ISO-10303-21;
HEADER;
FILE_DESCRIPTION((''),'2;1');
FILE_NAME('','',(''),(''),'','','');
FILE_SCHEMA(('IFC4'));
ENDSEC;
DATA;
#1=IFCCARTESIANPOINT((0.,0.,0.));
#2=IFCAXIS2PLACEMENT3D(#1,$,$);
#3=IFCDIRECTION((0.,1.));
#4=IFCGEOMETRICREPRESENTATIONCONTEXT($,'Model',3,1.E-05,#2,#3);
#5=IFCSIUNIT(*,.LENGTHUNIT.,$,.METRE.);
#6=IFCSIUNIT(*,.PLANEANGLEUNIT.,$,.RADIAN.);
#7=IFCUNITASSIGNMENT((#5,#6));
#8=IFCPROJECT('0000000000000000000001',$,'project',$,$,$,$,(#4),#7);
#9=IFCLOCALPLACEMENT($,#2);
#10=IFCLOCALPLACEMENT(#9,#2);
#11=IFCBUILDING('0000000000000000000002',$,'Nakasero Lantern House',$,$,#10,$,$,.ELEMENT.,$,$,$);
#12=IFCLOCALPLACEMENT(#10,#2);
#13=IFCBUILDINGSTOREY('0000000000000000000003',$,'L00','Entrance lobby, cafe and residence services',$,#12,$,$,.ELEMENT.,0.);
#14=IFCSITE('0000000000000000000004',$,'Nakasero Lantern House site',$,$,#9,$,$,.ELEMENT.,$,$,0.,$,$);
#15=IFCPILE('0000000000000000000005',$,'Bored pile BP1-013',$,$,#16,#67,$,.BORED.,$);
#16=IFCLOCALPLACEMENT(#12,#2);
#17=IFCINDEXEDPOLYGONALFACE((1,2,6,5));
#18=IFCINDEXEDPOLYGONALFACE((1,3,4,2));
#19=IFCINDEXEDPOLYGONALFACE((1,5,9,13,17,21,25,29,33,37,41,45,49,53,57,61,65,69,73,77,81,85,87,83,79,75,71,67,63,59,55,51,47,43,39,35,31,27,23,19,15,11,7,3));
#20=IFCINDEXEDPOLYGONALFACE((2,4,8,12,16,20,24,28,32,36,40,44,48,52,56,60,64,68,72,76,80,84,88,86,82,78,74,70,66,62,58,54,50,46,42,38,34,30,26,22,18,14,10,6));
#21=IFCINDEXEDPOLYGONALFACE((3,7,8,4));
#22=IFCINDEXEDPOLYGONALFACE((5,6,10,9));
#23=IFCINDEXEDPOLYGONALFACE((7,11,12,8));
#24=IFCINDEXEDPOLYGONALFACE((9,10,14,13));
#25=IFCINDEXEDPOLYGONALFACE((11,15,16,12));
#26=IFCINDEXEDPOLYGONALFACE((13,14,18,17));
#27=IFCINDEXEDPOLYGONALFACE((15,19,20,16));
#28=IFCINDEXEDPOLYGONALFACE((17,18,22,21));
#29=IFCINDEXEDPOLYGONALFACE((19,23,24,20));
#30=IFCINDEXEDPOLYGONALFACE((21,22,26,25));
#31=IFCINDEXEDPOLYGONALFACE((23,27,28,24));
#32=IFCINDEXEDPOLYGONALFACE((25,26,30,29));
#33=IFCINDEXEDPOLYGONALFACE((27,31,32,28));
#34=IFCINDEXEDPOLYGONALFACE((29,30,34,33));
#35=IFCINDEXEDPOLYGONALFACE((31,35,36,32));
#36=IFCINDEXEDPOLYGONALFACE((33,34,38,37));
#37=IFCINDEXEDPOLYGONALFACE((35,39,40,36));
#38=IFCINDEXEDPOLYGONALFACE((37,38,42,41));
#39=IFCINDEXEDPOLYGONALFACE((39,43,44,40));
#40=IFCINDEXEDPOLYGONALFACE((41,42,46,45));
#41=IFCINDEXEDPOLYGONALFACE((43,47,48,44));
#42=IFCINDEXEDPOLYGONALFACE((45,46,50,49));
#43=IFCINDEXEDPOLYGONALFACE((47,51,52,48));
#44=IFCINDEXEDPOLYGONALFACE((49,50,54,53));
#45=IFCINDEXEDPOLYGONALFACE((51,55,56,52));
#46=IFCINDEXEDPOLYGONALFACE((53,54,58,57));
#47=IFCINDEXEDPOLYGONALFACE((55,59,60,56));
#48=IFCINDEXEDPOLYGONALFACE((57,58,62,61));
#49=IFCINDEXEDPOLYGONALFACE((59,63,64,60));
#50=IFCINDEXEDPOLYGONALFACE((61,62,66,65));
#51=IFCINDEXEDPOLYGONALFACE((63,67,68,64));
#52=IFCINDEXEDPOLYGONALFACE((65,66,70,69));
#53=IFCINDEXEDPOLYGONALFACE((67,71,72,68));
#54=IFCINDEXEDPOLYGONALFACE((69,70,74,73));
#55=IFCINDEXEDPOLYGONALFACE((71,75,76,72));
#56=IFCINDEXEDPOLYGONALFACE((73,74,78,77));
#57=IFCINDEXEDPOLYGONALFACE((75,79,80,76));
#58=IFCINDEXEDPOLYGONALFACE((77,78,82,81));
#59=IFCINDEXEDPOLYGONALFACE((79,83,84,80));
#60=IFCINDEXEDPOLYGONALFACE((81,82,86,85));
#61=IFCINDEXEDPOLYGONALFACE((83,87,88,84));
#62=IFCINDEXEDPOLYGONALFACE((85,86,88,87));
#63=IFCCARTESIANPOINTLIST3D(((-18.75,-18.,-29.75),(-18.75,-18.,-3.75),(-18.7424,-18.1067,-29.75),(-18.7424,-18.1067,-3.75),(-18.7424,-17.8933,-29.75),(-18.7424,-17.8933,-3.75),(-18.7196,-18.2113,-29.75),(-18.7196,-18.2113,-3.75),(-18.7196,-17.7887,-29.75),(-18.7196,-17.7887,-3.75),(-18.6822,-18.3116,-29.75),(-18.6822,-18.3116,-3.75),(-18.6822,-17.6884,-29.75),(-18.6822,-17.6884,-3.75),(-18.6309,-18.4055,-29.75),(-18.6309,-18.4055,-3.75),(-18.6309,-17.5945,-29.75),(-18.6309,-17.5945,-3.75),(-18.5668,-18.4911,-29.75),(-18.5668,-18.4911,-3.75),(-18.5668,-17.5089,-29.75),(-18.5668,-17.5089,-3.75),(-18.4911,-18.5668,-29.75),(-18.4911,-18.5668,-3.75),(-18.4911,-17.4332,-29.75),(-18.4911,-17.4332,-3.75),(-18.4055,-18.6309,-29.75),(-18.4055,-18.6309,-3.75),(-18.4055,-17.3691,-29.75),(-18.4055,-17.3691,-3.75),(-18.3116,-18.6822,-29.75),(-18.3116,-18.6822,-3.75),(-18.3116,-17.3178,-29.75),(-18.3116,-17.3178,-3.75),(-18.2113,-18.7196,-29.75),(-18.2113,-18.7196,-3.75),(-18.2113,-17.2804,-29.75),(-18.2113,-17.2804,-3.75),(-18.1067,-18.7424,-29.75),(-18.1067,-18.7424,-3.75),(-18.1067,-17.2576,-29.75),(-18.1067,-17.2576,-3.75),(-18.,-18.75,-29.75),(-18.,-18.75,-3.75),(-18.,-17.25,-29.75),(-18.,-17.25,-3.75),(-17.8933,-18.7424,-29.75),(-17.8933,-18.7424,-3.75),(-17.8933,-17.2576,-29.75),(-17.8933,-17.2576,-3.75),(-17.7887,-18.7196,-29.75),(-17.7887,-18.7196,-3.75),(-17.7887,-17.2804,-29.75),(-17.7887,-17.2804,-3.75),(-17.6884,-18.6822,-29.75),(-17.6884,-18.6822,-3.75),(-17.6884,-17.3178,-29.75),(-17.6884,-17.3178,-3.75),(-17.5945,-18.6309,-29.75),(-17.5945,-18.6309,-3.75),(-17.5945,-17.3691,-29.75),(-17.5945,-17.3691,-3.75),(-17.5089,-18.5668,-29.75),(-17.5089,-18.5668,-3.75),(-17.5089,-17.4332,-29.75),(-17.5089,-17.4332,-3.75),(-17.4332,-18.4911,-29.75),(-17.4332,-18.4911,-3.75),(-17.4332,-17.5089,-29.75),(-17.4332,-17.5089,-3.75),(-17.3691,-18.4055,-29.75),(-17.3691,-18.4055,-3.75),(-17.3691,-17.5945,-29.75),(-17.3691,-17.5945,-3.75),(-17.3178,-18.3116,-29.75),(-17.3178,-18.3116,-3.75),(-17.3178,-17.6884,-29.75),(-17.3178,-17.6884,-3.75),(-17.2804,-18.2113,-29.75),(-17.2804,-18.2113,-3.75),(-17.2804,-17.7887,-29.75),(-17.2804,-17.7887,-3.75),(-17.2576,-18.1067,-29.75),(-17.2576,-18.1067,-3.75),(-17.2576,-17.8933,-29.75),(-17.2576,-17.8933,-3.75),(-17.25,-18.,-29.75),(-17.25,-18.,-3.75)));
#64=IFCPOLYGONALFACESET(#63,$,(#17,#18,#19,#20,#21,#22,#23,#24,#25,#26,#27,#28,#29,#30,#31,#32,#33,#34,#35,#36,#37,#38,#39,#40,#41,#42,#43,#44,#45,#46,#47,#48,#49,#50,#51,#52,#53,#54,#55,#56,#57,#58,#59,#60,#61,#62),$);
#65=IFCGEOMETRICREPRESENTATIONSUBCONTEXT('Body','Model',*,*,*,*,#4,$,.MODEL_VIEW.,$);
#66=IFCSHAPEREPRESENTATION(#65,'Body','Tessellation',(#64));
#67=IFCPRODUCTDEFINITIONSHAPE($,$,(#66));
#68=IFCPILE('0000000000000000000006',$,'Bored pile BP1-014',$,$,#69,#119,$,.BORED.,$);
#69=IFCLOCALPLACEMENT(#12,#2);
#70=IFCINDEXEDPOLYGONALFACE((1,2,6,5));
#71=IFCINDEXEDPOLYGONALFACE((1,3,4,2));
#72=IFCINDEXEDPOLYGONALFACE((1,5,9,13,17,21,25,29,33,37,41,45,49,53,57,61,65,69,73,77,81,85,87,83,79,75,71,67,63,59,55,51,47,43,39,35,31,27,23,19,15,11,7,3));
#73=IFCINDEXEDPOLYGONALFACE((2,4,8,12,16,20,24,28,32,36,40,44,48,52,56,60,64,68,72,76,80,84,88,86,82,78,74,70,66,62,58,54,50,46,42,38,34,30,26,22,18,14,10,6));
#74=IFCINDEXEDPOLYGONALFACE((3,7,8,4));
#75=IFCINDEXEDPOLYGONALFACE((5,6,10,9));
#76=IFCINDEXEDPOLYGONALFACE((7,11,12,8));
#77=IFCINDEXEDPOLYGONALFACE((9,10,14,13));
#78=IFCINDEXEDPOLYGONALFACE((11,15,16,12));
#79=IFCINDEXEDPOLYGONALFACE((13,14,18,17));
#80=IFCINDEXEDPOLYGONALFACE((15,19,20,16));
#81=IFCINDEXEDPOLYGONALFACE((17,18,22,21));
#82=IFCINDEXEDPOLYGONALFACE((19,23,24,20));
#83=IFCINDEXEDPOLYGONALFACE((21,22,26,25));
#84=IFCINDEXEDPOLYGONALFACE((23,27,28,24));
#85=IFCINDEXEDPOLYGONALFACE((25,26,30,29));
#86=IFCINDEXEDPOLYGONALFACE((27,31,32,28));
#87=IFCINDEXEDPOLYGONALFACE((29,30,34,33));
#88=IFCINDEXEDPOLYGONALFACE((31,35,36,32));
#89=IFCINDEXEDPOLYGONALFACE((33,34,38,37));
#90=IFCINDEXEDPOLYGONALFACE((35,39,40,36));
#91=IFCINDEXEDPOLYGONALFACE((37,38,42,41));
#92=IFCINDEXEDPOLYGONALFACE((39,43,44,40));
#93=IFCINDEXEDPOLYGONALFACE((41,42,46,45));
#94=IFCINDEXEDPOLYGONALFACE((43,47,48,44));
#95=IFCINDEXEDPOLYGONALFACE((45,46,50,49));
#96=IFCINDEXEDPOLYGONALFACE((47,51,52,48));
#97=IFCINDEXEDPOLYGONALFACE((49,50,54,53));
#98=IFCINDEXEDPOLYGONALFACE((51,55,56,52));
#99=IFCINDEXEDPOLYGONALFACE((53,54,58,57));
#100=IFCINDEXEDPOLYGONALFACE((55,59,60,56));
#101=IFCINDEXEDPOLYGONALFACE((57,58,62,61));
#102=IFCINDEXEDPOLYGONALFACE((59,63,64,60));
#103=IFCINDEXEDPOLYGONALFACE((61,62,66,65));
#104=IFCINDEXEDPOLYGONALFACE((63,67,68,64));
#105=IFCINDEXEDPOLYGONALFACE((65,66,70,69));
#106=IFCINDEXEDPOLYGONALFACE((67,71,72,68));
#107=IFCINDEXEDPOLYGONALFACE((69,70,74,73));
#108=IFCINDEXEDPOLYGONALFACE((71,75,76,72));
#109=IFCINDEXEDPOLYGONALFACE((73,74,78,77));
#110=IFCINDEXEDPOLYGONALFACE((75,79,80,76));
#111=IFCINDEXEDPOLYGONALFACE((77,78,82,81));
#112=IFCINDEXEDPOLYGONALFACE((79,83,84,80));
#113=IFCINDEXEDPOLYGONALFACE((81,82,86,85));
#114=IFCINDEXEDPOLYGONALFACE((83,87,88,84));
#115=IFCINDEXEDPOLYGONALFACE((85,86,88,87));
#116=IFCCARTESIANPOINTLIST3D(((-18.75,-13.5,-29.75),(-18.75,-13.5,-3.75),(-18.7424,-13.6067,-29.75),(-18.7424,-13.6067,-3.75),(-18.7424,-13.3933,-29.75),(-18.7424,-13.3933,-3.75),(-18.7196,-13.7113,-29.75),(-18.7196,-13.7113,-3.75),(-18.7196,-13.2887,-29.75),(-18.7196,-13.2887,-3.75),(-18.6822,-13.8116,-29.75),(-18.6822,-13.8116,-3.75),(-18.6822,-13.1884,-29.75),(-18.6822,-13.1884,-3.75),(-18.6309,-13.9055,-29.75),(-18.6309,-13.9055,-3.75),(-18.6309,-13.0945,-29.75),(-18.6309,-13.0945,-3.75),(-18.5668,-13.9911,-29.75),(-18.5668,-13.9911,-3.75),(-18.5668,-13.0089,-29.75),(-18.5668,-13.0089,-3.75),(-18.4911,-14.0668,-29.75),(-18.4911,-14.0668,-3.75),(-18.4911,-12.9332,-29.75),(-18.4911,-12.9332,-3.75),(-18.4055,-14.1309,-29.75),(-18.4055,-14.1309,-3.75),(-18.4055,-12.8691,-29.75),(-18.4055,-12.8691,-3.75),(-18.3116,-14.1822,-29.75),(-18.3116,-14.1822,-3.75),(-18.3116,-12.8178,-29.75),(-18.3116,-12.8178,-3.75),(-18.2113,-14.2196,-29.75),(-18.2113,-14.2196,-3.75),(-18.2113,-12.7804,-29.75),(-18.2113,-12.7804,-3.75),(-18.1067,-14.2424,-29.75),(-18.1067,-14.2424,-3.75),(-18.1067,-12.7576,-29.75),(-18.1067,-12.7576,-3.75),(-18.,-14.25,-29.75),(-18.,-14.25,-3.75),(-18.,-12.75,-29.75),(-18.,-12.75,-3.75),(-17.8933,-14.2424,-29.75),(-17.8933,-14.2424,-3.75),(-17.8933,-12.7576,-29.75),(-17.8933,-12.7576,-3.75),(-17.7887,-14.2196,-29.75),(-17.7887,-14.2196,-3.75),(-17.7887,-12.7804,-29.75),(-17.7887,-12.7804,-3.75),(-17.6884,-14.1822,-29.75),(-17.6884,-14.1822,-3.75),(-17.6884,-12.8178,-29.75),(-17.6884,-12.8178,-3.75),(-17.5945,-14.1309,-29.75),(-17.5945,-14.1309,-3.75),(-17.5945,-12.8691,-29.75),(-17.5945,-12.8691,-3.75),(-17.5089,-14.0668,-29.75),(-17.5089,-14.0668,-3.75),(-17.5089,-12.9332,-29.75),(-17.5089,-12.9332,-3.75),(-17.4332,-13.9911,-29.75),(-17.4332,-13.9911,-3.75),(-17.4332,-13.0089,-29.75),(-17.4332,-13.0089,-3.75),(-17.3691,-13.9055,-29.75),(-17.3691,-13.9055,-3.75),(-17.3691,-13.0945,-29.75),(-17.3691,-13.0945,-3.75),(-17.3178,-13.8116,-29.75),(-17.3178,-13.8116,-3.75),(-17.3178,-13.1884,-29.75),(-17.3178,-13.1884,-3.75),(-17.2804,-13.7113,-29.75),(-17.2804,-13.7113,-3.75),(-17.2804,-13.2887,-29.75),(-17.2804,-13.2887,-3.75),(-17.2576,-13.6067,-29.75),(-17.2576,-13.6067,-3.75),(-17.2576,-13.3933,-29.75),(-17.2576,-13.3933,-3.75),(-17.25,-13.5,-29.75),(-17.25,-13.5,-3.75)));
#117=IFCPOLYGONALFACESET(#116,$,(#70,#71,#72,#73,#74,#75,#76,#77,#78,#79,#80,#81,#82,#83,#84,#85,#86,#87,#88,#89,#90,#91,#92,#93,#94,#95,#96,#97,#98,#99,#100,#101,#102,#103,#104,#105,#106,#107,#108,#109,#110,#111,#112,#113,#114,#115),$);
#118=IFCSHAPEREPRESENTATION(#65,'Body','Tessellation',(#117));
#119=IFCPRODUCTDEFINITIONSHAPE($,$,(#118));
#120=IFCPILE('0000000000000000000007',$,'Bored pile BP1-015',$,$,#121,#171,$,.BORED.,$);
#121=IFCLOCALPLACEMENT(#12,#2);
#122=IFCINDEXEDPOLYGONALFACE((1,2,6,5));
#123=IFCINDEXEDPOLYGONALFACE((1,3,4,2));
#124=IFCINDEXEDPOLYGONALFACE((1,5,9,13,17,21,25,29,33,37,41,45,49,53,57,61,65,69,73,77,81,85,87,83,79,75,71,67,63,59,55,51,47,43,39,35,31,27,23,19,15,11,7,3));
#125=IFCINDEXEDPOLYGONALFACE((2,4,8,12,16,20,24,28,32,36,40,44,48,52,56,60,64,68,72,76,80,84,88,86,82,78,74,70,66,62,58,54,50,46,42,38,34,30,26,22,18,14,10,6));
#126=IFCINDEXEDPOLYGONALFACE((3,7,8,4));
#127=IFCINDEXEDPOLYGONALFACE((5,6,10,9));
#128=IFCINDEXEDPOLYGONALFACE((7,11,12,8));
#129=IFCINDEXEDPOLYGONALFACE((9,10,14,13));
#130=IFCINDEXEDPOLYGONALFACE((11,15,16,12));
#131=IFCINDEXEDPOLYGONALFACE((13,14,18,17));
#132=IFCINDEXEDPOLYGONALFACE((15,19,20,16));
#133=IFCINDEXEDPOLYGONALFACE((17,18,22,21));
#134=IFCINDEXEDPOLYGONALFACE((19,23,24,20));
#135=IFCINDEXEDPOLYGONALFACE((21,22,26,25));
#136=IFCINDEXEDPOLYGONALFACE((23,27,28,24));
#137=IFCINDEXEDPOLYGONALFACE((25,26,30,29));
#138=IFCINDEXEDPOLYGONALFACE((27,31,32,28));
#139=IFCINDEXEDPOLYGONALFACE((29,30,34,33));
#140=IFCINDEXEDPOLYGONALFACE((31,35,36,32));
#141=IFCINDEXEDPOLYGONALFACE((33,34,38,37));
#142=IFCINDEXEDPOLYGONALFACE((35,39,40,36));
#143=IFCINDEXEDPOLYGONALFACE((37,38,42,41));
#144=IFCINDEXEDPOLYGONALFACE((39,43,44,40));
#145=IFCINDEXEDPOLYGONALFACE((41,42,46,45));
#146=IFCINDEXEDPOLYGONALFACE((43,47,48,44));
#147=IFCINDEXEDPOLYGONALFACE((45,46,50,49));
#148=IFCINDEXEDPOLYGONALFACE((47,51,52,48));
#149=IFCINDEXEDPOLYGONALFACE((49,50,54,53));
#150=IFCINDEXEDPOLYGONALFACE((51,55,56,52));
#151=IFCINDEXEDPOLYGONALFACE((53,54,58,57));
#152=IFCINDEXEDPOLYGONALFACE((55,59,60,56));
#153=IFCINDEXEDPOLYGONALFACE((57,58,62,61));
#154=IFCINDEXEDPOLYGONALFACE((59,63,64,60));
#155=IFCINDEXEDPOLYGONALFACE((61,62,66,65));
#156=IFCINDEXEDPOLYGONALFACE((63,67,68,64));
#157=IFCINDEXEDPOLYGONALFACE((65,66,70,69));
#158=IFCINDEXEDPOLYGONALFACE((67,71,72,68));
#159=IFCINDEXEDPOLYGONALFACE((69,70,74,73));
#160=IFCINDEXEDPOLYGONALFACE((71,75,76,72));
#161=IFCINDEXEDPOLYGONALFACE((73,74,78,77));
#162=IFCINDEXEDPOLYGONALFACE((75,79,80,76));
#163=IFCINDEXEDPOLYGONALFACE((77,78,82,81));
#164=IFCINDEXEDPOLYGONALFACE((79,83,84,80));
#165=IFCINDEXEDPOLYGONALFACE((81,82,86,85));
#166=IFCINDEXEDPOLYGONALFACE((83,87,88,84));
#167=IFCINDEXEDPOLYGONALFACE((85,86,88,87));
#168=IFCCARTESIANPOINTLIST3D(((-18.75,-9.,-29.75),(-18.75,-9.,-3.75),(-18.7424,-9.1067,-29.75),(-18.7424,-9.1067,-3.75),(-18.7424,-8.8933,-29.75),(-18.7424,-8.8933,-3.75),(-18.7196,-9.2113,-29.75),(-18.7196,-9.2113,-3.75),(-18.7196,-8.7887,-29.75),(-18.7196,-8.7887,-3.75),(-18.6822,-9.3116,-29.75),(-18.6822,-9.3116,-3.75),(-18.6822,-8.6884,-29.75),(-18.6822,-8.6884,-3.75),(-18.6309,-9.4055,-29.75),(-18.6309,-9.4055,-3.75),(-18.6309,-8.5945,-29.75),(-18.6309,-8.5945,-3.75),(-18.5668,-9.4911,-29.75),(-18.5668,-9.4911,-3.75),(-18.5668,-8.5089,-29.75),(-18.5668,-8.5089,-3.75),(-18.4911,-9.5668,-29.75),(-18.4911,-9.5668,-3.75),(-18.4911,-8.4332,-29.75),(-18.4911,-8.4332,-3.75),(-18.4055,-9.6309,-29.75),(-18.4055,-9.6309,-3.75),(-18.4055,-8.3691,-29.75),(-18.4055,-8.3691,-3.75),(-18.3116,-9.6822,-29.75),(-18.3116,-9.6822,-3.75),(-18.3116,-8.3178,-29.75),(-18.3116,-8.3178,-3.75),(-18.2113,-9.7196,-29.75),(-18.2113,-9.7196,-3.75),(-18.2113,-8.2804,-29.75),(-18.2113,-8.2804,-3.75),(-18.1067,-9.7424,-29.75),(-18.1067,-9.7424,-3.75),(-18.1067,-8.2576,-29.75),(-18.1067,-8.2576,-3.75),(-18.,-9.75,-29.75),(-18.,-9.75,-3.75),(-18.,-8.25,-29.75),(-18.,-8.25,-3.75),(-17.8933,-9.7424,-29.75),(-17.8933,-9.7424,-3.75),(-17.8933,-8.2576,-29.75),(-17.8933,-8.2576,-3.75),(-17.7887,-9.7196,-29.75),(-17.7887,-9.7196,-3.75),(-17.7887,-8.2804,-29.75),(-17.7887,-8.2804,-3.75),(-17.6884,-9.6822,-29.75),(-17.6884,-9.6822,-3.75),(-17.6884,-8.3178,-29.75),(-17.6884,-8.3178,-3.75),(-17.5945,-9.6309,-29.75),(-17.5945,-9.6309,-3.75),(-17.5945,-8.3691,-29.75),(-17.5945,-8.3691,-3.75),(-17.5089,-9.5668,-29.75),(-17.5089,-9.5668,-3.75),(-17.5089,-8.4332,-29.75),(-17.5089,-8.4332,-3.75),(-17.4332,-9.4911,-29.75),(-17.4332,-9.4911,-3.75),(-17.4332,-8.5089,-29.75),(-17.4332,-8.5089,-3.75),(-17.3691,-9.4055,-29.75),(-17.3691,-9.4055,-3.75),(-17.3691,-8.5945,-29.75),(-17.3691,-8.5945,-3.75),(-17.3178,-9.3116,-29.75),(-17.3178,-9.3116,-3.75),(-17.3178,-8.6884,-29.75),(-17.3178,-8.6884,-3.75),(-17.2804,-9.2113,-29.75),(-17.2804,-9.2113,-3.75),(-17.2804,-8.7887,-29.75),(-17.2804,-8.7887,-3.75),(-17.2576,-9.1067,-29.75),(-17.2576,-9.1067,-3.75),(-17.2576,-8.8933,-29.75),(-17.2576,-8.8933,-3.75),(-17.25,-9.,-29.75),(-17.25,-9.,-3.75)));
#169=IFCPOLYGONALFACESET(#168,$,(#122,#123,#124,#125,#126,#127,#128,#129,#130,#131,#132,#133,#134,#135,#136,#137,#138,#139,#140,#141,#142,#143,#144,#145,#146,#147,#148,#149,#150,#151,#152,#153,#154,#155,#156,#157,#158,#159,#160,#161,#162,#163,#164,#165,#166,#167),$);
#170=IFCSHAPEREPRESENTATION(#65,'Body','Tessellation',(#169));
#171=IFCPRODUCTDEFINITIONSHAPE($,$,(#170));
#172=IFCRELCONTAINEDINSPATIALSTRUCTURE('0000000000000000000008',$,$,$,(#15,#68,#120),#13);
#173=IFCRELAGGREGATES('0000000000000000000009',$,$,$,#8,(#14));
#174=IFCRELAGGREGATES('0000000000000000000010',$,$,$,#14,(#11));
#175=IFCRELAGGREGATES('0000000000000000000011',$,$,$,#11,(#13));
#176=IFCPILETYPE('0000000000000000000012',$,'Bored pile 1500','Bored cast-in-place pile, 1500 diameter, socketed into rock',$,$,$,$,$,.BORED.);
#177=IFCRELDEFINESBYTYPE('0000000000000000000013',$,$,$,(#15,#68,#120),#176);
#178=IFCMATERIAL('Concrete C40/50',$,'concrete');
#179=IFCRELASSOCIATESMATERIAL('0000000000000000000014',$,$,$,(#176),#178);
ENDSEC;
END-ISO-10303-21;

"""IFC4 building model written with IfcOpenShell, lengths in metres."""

from ifc_helpers import new_model, si_unit, direction, frame, origin, origin_2d, place, context, subcontext, project, spatial, circle, extrude, material, type_object, element, save


model = new_model("IFC4")

# Units and contexts
model_context = context("Model", 3, precision=1e-05, world=origin(), true_north=direction((0.0, 1.0)))
body_context = subcontext(model_context, "Body", "Model", "MODEL_VIEW")
ifc_project = project(units=[si_unit("LENGTHUNIT", "METRE"), si_unit("PLANEANGLEUNIT", "RADIAN")], contexts=[model_context])

# Site, building, storey
site_placement = place(None, origin())
site = spatial("IfcSite", under=ifc_project, at=site_placement, Name="Nakasero Lantern House site", CompositionType="ELEMENT", RefElevation=0.0)
building_placement = place(site_placement, origin())
building = spatial("IfcBuilding", under=site, at=building_placement, Name="Nakasero Lantern House", CompositionType="ELEMENT")
storey_placement = place(building_placement, origin())
storey = spatial("IfcBuildingStorey", under=building, at=storey_placement, Name="L00", Description="Entrance lobby, cafe and residence services", CompositionType="ELEMENT", Elevation=0.0)

# Piles
ifc_material_1 = material(Name="Concrete C40/50", Category="concrete")
pile_type = type_object("IfcPileType", Name="Bored pile 1500", Description="Bored cast-in-place pile, 1500 diameter, socketed into rock", PredefinedType="BORED", material=ifc_material_1)
for number, where, z_axis, x_axis, name in (
    (1, (-18.0, -18.0, -3.75), (0.0, 0.0, -1.0), (1.0, 0.0, 0.0), "Bored pile BP1-013"),
    (2, (-18.0, -13.5, -3.75), (0.0, 0.0, -1.0), (1.0, 0.0, 0.0), "Bored pile BP1-014"),
    (3, (-18.0, -9.0, -3.75), (0.0, 0.0, -1.0), (1.0, 0.0, 0.0), "Bored pile BP1-015"),
):
    element("IfcPile", number, at=place(storey_placement, frame(where, z_axis=z_axis, x_axis=x_axis)), inside=storey, type_object=pile_type, Name=name, PredefinedType="BORED", context=body_context, shape_type="SweptSolid", body=[
        extrude(circle(Radius=0.75, at=origin_2d()), origin(), (0.0, 0.0, 1.0), 26.0),
    ])

save(model, "model.ifc")
